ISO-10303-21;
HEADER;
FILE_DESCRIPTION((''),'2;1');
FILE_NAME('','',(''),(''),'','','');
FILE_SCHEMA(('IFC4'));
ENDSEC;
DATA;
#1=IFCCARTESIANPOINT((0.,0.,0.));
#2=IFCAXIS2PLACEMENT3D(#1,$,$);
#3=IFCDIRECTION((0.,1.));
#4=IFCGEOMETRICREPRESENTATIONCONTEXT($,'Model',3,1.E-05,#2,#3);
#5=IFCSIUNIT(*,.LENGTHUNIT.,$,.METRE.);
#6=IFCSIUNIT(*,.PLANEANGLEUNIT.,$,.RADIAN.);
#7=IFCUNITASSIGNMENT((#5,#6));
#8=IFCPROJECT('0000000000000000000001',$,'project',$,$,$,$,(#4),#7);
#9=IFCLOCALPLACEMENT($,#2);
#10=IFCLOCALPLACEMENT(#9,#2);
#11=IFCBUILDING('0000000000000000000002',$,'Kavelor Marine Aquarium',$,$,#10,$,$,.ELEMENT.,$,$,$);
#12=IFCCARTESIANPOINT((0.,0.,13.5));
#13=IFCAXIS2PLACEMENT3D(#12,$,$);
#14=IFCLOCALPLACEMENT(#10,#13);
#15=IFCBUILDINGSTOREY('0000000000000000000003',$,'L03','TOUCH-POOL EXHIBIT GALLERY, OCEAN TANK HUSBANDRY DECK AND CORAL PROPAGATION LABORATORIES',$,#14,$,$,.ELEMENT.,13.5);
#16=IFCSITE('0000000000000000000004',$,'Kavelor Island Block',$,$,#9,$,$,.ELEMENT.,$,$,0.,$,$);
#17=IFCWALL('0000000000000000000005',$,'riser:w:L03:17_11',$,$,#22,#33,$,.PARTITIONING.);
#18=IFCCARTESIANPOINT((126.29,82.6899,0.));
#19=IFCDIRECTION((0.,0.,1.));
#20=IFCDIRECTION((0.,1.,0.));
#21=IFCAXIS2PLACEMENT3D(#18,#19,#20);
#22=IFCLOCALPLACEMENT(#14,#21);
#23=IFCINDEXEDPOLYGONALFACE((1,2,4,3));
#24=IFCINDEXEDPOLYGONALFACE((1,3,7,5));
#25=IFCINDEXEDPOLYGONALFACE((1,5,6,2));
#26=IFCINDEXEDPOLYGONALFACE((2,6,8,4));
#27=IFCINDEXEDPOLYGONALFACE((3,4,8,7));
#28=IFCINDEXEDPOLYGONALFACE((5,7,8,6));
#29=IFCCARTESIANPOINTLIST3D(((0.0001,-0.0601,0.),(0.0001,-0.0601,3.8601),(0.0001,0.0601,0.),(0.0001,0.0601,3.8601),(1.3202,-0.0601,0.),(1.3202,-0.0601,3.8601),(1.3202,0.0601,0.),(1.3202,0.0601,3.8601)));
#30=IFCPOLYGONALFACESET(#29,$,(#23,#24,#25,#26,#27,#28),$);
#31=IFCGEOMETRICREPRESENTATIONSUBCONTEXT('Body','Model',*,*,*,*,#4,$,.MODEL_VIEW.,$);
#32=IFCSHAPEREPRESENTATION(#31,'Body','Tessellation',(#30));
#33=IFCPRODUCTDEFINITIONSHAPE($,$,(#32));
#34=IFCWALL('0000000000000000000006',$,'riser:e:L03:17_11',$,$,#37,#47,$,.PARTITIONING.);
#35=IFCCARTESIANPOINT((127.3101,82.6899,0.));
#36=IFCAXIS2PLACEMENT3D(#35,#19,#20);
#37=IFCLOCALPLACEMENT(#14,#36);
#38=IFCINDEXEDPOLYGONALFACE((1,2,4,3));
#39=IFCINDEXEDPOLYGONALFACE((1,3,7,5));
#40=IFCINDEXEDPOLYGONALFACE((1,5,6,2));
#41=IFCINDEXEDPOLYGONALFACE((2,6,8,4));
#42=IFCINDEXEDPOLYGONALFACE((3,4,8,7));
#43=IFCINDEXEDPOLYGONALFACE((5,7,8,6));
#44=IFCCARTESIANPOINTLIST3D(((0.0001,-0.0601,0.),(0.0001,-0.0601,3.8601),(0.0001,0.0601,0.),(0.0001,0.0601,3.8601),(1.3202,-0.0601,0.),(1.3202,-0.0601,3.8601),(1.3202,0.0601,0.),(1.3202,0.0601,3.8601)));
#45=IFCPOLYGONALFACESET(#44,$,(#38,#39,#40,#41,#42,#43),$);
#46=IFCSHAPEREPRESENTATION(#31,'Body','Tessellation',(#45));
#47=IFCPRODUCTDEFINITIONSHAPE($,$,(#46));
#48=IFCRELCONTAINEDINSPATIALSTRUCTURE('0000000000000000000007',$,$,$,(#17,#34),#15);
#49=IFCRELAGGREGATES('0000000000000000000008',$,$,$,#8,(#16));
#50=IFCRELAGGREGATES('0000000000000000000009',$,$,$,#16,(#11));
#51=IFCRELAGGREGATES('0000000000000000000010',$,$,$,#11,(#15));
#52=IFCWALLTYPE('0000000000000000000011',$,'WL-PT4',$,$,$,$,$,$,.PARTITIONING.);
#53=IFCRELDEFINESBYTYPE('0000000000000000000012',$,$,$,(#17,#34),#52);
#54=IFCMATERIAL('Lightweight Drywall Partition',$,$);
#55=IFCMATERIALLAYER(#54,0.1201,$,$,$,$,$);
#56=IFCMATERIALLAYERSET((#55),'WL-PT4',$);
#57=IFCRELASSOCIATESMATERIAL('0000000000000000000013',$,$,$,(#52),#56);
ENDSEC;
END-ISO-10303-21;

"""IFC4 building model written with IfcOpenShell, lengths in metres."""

from ifc_helpers import new_model, si_unit, direction, frame, frame_2d, origin, place, context, subcontext, project, spatial, rectangle, extrude, material, layer, layer_set, type_object, element, save


model = new_model("IFC4")

# Units and contexts
model_context = context("Model", 3, precision=1e-05, world=origin(), true_north=direction((0.0, 1.0)))
body_context = subcontext(model_context, "Body", "Model", "MODEL_VIEW")
ifc_project = project(units=[si_unit("LENGTHUNIT", "METRE"), si_unit("PLANEANGLEUNIT", "RADIAN")], contexts=[model_context])

# Site, building, storey
site_placement = place(None, origin())
site = spatial("IfcSite", under=ifc_project, at=site_placement, Name="Kavelor Island Block", CompositionType="ELEMENT", RefElevation=0.0)
building_placement = place(site_placement, origin())
building = spatial("IfcBuilding", under=site, at=building_placement, Name="Kavelor Marine Aquarium", CompositionType="ELEMENT")
storey_placement = place(building_placement, frame((0.0, 0.0, 13.5)))
storey = spatial("IfcBuildingStorey", under=building, at=storey_placement, Name="L03", Description="TOUCH-POOL EXHIBIT GALLERY, OCEAN TANK HUSBANDRY DECK AND CORAL PROPAGATION LABORATORIES", CompositionType="ELEMENT", Elevation=13.5)

# Walls
ifc_material_1 = material(Name="Lightweight Drywall Partition")
ifc_layer_1 = layer(ifc_material_1, 0.1201)
ifc_layer_set_1 = layer_set([ifc_layer_1], Name="WL-PT4")
wall_type_1 = type_object("IfcWallType", Name="WL-PT4", PredefinedType="PARTITIONING", material=ifc_layer_set_1)
for number, where, z_axis, x_axis, name in (
    (1, (126.29, 82.6899, 0.0), (0.0, 0.0, 1.0), (0.0, 1.0, 0.0), "riser:w:L03:17_11"),
    (2, (127.3101, 82.6899, 0.0), (0.0, 0.0, 1.0), (0.0, 1.0, 0.0), "riser:e:L03:17_11"),
):
    element("IfcWall", number, at=place(storey_placement, frame(where, z_axis=z_axis, x_axis=x_axis)), inside=storey, type_object=wall_type_1, Name=name, PredefinedType="PARTITIONING", context=body_context, shape_type="SweptSolid", body=[
        extrude(rectangle(XDim=1.3201, YDim=0.1201, at=frame_2d((0.6602, 0.0))), origin(), (0.0, 0.0, 1.0), 3.8601),
    ])

save(model, "model.ifc")
